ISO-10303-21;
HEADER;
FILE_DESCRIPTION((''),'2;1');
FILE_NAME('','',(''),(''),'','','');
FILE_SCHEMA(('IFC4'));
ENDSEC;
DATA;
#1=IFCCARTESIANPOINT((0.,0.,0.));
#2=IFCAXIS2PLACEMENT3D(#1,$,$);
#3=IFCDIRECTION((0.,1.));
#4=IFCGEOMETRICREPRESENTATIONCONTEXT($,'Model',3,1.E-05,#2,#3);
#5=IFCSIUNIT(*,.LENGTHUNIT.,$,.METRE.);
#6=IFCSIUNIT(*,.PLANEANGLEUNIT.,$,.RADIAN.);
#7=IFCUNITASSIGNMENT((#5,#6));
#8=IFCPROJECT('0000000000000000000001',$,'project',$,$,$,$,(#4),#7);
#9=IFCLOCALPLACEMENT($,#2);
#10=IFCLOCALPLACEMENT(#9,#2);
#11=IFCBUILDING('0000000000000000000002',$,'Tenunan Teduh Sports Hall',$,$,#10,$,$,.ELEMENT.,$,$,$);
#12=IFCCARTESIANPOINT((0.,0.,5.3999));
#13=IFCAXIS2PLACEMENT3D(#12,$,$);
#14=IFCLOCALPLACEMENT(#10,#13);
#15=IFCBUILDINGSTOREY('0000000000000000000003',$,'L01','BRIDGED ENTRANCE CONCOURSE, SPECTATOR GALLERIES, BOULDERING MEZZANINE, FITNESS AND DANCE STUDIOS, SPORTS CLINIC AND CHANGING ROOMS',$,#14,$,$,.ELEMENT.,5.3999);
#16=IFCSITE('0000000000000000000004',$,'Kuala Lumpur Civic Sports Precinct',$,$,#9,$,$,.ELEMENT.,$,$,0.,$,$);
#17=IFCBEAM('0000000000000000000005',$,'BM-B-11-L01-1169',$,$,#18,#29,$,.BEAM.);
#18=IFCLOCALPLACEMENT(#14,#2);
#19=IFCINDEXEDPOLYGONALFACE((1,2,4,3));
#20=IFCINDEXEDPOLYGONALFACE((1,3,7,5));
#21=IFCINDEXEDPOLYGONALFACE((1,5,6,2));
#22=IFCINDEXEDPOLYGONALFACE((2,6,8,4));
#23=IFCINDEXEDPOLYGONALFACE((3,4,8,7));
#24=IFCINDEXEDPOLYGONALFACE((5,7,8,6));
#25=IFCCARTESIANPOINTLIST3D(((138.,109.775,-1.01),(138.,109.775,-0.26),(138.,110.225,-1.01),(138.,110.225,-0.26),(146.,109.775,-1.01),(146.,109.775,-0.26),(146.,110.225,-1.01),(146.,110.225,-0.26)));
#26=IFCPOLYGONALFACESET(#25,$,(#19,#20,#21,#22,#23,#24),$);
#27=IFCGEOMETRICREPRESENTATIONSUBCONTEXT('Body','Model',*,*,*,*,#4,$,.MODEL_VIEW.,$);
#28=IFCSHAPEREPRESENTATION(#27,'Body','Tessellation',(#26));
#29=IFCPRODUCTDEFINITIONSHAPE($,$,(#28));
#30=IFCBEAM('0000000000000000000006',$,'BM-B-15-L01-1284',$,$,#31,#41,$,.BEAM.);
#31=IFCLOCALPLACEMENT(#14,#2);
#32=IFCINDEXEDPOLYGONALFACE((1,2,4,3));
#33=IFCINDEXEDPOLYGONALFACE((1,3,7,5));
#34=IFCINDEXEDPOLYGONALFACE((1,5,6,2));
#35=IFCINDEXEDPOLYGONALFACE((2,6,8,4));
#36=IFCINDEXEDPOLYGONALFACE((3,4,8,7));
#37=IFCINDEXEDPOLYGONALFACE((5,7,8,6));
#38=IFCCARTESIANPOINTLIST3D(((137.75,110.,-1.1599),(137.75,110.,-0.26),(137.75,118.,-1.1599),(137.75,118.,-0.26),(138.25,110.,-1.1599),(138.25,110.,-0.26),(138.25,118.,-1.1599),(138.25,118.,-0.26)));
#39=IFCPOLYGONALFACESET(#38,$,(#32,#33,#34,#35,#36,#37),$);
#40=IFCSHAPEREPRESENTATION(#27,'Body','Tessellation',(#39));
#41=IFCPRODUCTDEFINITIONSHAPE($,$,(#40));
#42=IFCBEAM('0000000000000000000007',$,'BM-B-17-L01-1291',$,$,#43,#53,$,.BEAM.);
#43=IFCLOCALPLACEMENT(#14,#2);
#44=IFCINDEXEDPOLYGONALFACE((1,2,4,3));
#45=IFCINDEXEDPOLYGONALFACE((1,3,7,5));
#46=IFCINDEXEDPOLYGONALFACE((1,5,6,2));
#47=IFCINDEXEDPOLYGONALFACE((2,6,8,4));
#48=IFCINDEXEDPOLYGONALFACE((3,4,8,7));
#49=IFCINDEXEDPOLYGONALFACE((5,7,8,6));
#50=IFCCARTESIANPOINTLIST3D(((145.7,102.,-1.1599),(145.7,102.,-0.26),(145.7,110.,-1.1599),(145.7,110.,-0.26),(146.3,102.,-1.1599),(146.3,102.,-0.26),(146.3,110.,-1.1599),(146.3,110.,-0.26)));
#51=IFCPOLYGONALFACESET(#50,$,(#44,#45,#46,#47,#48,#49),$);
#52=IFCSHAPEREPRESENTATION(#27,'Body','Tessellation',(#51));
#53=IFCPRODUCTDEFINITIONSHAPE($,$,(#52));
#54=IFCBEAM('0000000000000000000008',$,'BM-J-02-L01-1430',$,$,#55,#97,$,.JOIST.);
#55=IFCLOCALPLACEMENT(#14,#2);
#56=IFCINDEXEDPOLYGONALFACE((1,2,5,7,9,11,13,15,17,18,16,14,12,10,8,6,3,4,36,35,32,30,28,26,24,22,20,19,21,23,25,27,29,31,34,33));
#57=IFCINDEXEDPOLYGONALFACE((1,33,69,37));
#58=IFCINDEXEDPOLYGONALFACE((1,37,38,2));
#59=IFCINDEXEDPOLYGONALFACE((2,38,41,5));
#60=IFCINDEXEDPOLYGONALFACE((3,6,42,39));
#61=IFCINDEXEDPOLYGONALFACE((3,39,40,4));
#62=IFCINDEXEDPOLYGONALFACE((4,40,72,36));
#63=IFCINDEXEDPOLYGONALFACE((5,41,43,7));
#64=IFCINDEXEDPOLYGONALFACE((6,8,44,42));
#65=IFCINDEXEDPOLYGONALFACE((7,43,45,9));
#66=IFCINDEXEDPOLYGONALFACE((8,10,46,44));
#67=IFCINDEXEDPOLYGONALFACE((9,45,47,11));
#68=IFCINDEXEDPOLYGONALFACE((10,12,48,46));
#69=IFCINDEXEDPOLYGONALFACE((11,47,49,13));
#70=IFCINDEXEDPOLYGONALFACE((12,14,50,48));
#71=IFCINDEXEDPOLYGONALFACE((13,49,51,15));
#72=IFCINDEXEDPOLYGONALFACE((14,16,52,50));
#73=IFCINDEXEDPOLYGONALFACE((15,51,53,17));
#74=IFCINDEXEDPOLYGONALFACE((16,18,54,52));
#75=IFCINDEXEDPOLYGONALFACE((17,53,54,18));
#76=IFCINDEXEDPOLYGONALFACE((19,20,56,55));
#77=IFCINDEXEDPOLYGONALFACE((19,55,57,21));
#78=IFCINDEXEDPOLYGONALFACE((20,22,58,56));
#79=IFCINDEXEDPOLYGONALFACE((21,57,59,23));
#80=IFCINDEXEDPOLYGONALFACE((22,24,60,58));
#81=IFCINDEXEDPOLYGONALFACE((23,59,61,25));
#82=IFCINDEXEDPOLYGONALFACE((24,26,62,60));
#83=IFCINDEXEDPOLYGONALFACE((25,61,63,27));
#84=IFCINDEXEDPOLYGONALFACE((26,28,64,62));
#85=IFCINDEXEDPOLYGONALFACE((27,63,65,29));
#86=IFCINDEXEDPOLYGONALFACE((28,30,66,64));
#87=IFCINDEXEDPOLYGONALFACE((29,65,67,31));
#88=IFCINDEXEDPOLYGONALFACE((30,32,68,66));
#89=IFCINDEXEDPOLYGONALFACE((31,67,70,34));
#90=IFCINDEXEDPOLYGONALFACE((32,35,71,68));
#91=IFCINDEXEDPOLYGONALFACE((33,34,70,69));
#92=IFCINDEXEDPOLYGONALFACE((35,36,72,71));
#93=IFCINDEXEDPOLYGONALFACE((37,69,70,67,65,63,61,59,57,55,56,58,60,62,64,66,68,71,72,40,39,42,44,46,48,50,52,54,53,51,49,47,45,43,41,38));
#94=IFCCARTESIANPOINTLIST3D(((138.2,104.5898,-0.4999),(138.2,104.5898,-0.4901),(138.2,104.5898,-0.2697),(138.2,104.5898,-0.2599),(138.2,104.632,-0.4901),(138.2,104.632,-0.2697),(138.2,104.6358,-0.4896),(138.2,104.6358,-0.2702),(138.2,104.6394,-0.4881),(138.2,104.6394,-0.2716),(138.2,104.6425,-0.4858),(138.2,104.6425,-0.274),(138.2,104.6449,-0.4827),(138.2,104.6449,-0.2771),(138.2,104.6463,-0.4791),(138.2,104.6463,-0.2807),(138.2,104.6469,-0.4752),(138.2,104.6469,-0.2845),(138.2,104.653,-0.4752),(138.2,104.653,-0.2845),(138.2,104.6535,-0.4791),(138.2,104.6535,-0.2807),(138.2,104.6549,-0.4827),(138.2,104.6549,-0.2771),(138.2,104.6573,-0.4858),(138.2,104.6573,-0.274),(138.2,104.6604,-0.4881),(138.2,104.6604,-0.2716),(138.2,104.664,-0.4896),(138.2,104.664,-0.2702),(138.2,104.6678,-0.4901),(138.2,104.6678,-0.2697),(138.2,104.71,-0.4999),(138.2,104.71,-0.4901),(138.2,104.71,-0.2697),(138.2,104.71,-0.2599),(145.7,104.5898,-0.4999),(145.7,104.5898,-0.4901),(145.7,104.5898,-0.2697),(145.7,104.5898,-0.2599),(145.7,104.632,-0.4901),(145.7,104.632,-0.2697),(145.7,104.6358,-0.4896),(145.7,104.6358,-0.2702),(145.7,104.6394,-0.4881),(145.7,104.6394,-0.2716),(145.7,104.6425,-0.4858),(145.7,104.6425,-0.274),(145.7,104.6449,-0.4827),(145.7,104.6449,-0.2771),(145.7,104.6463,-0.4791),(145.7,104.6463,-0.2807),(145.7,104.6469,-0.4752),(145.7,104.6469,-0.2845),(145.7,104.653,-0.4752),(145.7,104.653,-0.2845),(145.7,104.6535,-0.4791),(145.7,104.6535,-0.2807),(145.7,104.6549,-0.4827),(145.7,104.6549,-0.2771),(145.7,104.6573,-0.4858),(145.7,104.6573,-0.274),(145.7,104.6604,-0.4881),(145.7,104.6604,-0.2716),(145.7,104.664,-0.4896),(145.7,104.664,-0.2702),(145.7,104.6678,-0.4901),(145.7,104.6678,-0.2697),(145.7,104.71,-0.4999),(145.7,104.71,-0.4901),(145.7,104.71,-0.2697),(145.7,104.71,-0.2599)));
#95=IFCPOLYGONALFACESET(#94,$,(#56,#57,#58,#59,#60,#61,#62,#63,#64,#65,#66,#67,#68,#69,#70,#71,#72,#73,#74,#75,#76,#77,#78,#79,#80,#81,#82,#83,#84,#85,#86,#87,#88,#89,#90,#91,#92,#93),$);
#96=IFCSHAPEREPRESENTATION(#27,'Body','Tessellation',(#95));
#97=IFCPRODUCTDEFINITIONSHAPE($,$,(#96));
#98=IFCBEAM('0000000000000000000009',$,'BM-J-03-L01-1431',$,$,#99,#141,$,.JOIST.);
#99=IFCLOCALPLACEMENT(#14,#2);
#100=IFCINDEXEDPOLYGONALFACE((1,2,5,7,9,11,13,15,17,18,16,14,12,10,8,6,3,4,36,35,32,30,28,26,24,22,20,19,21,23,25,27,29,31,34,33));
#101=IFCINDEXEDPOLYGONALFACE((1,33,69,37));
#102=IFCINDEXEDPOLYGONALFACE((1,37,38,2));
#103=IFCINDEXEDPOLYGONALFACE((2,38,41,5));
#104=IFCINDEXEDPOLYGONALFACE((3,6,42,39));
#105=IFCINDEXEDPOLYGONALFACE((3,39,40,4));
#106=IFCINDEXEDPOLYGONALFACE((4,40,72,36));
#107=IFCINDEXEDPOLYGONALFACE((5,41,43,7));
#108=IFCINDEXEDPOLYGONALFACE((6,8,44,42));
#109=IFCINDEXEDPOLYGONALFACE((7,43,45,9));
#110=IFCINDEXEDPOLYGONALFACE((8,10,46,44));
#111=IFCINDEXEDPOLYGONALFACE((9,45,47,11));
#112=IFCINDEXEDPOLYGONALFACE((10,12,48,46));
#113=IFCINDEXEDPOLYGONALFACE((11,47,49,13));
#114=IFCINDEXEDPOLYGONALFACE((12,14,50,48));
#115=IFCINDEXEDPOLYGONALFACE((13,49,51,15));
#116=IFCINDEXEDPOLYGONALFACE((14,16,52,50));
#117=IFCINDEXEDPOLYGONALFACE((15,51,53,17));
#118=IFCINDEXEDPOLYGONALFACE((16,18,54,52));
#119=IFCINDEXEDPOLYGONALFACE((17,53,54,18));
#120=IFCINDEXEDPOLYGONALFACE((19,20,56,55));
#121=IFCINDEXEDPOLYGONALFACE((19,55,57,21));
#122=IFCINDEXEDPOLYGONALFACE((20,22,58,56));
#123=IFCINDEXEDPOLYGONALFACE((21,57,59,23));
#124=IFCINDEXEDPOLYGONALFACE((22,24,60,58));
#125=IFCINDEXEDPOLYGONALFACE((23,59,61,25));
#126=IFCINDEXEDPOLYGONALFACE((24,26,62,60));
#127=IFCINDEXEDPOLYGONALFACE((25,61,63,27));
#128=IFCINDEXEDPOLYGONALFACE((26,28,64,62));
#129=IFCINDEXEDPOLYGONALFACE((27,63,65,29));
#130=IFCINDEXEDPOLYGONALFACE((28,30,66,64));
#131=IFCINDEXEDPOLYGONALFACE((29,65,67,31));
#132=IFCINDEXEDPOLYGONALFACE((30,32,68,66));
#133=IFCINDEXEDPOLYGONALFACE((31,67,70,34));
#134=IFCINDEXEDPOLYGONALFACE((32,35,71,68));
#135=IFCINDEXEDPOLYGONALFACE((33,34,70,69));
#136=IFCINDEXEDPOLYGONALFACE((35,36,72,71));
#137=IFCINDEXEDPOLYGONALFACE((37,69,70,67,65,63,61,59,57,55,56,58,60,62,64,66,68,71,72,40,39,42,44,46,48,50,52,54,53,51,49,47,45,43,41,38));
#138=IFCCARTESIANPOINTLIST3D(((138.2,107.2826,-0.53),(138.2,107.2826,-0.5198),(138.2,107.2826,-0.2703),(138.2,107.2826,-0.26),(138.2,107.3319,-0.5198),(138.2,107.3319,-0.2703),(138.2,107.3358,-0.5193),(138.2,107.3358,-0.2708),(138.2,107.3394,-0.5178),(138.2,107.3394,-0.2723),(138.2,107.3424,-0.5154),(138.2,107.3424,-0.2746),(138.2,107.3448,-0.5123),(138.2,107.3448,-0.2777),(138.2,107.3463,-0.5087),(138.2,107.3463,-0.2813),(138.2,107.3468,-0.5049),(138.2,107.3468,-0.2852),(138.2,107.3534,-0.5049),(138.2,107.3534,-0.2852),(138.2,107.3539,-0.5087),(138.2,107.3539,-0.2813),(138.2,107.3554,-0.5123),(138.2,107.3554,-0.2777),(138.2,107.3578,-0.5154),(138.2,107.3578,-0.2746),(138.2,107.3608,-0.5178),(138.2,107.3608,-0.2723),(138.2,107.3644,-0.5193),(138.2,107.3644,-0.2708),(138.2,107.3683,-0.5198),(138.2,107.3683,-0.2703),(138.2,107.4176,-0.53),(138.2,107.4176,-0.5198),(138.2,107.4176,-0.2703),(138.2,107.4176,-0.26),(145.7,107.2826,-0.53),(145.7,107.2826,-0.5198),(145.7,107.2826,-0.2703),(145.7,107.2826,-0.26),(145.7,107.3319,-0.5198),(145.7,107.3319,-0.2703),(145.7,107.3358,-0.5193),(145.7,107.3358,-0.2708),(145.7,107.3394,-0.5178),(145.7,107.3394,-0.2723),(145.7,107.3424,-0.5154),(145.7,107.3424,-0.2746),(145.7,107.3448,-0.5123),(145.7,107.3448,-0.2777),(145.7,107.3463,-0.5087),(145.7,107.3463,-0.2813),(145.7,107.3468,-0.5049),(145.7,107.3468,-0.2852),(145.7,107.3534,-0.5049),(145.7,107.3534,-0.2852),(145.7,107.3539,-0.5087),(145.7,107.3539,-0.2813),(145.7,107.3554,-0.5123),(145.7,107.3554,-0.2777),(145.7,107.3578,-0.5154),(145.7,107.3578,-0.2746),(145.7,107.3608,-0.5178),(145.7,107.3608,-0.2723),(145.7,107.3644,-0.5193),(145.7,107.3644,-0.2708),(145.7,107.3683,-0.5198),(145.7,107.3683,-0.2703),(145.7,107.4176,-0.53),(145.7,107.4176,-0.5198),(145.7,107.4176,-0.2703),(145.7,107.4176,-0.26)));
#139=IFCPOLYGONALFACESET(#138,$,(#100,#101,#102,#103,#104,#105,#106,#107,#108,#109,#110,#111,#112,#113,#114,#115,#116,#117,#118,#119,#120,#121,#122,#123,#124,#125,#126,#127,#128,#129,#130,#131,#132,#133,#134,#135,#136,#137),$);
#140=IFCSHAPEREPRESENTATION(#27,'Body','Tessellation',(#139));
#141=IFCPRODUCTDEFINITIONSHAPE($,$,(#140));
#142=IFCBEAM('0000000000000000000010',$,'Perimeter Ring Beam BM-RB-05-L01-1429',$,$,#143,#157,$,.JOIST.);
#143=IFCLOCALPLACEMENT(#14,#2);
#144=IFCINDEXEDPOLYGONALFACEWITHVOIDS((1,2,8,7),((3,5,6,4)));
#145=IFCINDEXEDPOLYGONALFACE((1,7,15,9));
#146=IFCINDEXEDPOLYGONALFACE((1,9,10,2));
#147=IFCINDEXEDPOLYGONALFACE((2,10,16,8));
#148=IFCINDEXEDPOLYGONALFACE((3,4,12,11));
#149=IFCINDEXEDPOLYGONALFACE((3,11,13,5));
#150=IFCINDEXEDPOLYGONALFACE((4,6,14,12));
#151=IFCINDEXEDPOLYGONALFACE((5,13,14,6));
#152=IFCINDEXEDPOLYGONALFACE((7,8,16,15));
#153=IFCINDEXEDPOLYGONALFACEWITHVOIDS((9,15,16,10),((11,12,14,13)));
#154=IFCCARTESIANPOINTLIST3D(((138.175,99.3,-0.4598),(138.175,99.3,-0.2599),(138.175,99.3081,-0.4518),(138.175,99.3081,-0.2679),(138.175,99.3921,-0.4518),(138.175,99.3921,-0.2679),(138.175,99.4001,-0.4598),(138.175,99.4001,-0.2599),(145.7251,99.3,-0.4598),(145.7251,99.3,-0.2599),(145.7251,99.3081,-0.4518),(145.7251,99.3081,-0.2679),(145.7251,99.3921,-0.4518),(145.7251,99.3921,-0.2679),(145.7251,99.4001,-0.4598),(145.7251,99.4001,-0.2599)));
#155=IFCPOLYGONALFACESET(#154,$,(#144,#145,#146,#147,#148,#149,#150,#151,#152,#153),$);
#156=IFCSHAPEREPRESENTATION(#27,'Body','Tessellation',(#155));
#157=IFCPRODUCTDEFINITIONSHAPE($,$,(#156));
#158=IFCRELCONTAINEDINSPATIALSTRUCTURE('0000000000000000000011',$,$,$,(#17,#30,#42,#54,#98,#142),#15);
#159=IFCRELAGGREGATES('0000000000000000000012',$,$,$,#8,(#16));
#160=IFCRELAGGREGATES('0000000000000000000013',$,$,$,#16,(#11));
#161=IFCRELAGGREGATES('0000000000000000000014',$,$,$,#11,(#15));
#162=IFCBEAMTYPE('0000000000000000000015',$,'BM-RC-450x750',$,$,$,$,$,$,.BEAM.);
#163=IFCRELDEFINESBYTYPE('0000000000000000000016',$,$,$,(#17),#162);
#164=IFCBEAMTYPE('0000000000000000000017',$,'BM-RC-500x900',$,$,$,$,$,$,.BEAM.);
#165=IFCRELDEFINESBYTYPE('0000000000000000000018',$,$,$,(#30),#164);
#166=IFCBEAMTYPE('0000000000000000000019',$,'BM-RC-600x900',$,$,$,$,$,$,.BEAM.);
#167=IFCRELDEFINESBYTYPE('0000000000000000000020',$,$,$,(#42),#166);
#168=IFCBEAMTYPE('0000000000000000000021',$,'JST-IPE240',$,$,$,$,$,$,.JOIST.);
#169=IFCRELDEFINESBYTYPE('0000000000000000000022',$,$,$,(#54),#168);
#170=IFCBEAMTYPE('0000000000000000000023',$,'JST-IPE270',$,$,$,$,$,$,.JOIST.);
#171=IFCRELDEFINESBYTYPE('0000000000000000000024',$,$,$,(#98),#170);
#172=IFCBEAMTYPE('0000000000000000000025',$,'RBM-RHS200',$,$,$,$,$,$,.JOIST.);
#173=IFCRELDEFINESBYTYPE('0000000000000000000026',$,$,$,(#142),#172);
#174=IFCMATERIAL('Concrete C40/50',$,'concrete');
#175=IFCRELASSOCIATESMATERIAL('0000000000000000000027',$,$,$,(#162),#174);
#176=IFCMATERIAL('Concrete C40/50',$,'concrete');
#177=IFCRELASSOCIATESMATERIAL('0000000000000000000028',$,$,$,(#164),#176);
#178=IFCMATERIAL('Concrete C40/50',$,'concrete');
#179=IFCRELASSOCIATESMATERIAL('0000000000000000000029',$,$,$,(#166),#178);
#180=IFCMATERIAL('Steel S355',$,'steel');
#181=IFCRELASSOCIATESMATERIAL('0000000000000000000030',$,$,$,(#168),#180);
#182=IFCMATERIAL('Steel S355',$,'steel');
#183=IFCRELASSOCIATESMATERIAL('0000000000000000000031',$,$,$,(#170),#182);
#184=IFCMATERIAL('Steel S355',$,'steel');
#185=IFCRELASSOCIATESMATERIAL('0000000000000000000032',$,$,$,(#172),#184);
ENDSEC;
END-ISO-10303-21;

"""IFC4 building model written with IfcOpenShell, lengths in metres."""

from ifc_helpers import new_model, si_unit, direction, frame, origin, origin_2d, place, context, subcontext, project, spatial, rectangle, hollow_rectangle, i_section, extrude, material, material_profile, profile_set, type_object, element, save


model = new_model("IFC4")

# Units and contexts
model_context = context("Model", 3, precision=1e-05, world=origin(), true_north=direction((0.0, 1.0)))
body_context = subcontext(model_context, "Body", "Model", "MODEL_VIEW")
ifc_project = project(units=[si_unit("LENGTHUNIT", "METRE"), si_unit("PLANEANGLEUNIT", "RADIAN")], contexts=[model_context])

# Site, building, storey
site_placement = place(None, origin())
site = spatial("IfcSite", under=ifc_project, at=site_placement, Name="Kuala Lumpur Civic Sports Precinct", CompositionType="ELEMENT", RefElevation=0.0)
building_placement = place(site_placement, origin())
building = spatial("IfcBuilding", under=site, at=building_placement, Name="Tenunan Teduh Sports Hall", CompositionType="ELEMENT")
storey_placement = place(building_placement, frame((0.0, 0.0, 5.3999)))
storey = spatial("IfcBuildingStorey", under=building, at=storey_placement, Name="L01", Description="BRIDGED ENTRANCE CONCOURSE, SPECTATOR GALLERIES, BOULDERING MEZZANINE, FITNESS AND DANCE STUDIOS, SPORTS CLINIC AND CHANGING ROOMS", CompositionType="ELEMENT", Elevation=5.3999)

# Beams
ifc_material_1 = material(Name="Concrete C40/50", Category="concrete")
ifc_material_profile_1 = material_profile(ifc_material_1, rectangle(XDim=0.45, YDim=0.75, at=origin_2d()), Name="RCB 450x750")
ifc_profile_set_1 = profile_set([ifc_material_profile_1], Name="Concrete C40/50")
beam_type_1 = type_object("IfcBeamType", Name="BM-RC-450x750", PredefinedType="BEAM", material=ifc_profile_set_1)
beam_1_placement = place(storey_placement, frame((138.0, 110.0, -0.635), z_axis=(1.0, 0.0, 0.0), x_axis=(0.0, 1.0, 0.0)))
element("IfcBeam", 1, at=beam_1_placement, inside=storey, type_object=beam_type_1, Name="BM-B-11-L01-1169", PredefinedType="BEAM", context=body_context, shape_type="SweptSolid", body=[
    extrude(rectangle(XDim=0.45, YDim=0.75, at=origin_2d()), origin(), (0.0, 0.0, 1.0), 8.0),
])
ifc_material_2 = material(Name="Concrete C40/50", Category="concrete")
ifc_material_profile_2 = material_profile(ifc_material_2, rectangle(XDim=0.5, YDim=0.8999, at=origin_2d()), Name="RCB 500x900")
ifc_profile_set_2 = profile_set([ifc_material_profile_2], Name="Concrete C40/50")
beam_type_2 = type_object("IfcBeamType", Name="BM-RC-500x900", PredefinedType="BEAM", material=ifc_profile_set_2)
beam_2_placement = place(storey_placement, frame((138.0, 110.0, -0.71), z_axis=(0.0, 1.0, 0.0), x_axis=(-1.0, 0.0, 0.0)))
element("IfcBeam", 2, at=beam_2_placement, inside=storey, type_object=beam_type_2, Name="BM-B-15-L01-1284", PredefinedType="BEAM", context=body_context, shape_type="SweptSolid", body=[
    extrude(rectangle(XDim=0.5, YDim=0.8999, at=origin_2d()), origin(), (0.0, 0.0, 1.0), 8.0),
])
ifc_material_3 = material(Name="Concrete C40/50", Category="concrete")
ifc_material_profile_3 = material_profile(ifc_material_3, rectangle(XDim=0.6001, YDim=0.8999, at=origin_2d()), Name="RCB 600x900")
ifc_profile_set_3 = profile_set([ifc_material_profile_3], Name="Concrete C40/50")
beam_type_3 = type_object("IfcBeamType", Name="BM-RC-600x900", PredefinedType="BEAM", material=ifc_profile_set_3)
beam_3_placement = place(storey_placement, frame((146.0, 102.0, -0.71), z_axis=(0.0, 1.0, 0.0), x_axis=(-1.0, 0.0, 0.0)))
element("IfcBeam", 3, at=beam_3_placement, inside=storey, type_object=beam_type_3, Name="BM-B-17-L01-1291", PredefinedType="BEAM", context=body_context, shape_type="SweptSolid", body=[
    extrude(rectangle(XDim=0.6001, YDim=0.8999, at=origin_2d()), origin(), (0.0, 0.0, 1.0), 8.0),
])
ifc_material_4 = material(Name="Steel S355", Category="steel")
ifc_material_profile_4 = material_profile(ifc_material_4, i_section(OverallWidth=0.1201, OverallDepth=0.24, WebThickness=0.0061, FlangeThickness=0.0098, FilletRadius=0.0149, at=origin_2d()), Name="IPE 240")
ifc_profile_set_4 = profile_set([ifc_material_profile_4], Name="Steel S355")
beam_type_4 = type_object("IfcBeamType", Name="JST-IPE240", PredefinedType="JOIST", material=ifc_profile_set_4)
beam_4_placement = place(storey_placement, frame((138.2, 104.6499, -0.3799), z_axis=(1.0, 0.0, 0.0), x_axis=(0.0, 1.0, 0.0)))
element("IfcBeam", 4, at=beam_4_placement, inside=storey, type_object=beam_type_4, Name="BM-J-02-L01-1430", PredefinedType="JOIST", context=body_context, shape_type="SweptSolid", body=[
    extrude(i_section(OverallWidth=0.1201, OverallDepth=0.24, WebThickness=0.0061, FlangeThickness=0.0098, FilletRadius=0.0149, at=origin_2d()), origin(), (0.0, 0.0, 1.0), 7.5),
])
ifc_material_5 = material(Name="Steel S355", Category="steel")
ifc_material_profile_5 = material_profile(ifc_material_5, i_section(OverallWidth=0.135, OverallDepth=0.27, WebThickness=0.0066, FlangeThickness=0.0103, FilletRadius=0.0149, at=origin_2d()), Name="IPE 270")
ifc_profile_set_5 = profile_set([ifc_material_profile_5], Name="Steel S355")
beam_type_5 = type_object("IfcBeamType", Name="JST-IPE270", PredefinedType="JOIST", material=ifc_profile_set_5)
beam_5_placement = place(storey_placement, frame((138.2, 107.3501, -0.395), z_axis=(1.0, 0.0, 0.0), x_axis=(0.0, 1.0, 0.0)))
element("IfcBeam", 5, at=beam_5_placement, inside=storey, type_object=beam_type_5, Name="BM-J-03-L01-1431", PredefinedType="JOIST", context=body_context, shape_type="SweptSolid", body=[
    extrude(i_section(OverallWidth=0.135, OverallDepth=0.27, WebThickness=0.0066, FlangeThickness=0.0103, FilletRadius=0.0149, at=origin_2d()), origin(), (0.0, 0.0, 1.0), 7.5),
])
ifc_material_6 = material(Name="Steel S355", Category="steel")
ifc_material_profile_6 = material_profile(ifc_material_6, hollow_rectangle(XDim=0.1001, YDim=0.2, WallThickness=0.0081, at=origin_2d()), Name="RHS 200x100x8.0")
ifc_profile_set_6 = profile_set([ifc_material_profile_6], Name="Steel S355")
beam_type_6 = type_object("IfcBeamType", Name="RBM-RHS200", PredefinedType="JOIST", material=ifc_profile_set_6)
beam_6_placement = place(storey_placement, frame((138.175, 99.3501, -0.3599), z_axis=(1.0, 0.0, 0.0), x_axis=(0.0, 1.0, 0.0)))
element("IfcBeam", 6, at=beam_6_placement, inside=storey, type_object=beam_type_6, Name="Perimeter Ring Beam BM-RB-05-L01-1429", PredefinedType="JOIST", context=body_context, shape_type="SweptSolid", body=[
    extrude(hollow_rectangle(XDim=0.1001, YDim=0.2, WallThickness=0.0081, at=origin_2d()), origin(), (0.0, 0.0, 1.0), 7.55),
])

save(model, "model.ifc")
